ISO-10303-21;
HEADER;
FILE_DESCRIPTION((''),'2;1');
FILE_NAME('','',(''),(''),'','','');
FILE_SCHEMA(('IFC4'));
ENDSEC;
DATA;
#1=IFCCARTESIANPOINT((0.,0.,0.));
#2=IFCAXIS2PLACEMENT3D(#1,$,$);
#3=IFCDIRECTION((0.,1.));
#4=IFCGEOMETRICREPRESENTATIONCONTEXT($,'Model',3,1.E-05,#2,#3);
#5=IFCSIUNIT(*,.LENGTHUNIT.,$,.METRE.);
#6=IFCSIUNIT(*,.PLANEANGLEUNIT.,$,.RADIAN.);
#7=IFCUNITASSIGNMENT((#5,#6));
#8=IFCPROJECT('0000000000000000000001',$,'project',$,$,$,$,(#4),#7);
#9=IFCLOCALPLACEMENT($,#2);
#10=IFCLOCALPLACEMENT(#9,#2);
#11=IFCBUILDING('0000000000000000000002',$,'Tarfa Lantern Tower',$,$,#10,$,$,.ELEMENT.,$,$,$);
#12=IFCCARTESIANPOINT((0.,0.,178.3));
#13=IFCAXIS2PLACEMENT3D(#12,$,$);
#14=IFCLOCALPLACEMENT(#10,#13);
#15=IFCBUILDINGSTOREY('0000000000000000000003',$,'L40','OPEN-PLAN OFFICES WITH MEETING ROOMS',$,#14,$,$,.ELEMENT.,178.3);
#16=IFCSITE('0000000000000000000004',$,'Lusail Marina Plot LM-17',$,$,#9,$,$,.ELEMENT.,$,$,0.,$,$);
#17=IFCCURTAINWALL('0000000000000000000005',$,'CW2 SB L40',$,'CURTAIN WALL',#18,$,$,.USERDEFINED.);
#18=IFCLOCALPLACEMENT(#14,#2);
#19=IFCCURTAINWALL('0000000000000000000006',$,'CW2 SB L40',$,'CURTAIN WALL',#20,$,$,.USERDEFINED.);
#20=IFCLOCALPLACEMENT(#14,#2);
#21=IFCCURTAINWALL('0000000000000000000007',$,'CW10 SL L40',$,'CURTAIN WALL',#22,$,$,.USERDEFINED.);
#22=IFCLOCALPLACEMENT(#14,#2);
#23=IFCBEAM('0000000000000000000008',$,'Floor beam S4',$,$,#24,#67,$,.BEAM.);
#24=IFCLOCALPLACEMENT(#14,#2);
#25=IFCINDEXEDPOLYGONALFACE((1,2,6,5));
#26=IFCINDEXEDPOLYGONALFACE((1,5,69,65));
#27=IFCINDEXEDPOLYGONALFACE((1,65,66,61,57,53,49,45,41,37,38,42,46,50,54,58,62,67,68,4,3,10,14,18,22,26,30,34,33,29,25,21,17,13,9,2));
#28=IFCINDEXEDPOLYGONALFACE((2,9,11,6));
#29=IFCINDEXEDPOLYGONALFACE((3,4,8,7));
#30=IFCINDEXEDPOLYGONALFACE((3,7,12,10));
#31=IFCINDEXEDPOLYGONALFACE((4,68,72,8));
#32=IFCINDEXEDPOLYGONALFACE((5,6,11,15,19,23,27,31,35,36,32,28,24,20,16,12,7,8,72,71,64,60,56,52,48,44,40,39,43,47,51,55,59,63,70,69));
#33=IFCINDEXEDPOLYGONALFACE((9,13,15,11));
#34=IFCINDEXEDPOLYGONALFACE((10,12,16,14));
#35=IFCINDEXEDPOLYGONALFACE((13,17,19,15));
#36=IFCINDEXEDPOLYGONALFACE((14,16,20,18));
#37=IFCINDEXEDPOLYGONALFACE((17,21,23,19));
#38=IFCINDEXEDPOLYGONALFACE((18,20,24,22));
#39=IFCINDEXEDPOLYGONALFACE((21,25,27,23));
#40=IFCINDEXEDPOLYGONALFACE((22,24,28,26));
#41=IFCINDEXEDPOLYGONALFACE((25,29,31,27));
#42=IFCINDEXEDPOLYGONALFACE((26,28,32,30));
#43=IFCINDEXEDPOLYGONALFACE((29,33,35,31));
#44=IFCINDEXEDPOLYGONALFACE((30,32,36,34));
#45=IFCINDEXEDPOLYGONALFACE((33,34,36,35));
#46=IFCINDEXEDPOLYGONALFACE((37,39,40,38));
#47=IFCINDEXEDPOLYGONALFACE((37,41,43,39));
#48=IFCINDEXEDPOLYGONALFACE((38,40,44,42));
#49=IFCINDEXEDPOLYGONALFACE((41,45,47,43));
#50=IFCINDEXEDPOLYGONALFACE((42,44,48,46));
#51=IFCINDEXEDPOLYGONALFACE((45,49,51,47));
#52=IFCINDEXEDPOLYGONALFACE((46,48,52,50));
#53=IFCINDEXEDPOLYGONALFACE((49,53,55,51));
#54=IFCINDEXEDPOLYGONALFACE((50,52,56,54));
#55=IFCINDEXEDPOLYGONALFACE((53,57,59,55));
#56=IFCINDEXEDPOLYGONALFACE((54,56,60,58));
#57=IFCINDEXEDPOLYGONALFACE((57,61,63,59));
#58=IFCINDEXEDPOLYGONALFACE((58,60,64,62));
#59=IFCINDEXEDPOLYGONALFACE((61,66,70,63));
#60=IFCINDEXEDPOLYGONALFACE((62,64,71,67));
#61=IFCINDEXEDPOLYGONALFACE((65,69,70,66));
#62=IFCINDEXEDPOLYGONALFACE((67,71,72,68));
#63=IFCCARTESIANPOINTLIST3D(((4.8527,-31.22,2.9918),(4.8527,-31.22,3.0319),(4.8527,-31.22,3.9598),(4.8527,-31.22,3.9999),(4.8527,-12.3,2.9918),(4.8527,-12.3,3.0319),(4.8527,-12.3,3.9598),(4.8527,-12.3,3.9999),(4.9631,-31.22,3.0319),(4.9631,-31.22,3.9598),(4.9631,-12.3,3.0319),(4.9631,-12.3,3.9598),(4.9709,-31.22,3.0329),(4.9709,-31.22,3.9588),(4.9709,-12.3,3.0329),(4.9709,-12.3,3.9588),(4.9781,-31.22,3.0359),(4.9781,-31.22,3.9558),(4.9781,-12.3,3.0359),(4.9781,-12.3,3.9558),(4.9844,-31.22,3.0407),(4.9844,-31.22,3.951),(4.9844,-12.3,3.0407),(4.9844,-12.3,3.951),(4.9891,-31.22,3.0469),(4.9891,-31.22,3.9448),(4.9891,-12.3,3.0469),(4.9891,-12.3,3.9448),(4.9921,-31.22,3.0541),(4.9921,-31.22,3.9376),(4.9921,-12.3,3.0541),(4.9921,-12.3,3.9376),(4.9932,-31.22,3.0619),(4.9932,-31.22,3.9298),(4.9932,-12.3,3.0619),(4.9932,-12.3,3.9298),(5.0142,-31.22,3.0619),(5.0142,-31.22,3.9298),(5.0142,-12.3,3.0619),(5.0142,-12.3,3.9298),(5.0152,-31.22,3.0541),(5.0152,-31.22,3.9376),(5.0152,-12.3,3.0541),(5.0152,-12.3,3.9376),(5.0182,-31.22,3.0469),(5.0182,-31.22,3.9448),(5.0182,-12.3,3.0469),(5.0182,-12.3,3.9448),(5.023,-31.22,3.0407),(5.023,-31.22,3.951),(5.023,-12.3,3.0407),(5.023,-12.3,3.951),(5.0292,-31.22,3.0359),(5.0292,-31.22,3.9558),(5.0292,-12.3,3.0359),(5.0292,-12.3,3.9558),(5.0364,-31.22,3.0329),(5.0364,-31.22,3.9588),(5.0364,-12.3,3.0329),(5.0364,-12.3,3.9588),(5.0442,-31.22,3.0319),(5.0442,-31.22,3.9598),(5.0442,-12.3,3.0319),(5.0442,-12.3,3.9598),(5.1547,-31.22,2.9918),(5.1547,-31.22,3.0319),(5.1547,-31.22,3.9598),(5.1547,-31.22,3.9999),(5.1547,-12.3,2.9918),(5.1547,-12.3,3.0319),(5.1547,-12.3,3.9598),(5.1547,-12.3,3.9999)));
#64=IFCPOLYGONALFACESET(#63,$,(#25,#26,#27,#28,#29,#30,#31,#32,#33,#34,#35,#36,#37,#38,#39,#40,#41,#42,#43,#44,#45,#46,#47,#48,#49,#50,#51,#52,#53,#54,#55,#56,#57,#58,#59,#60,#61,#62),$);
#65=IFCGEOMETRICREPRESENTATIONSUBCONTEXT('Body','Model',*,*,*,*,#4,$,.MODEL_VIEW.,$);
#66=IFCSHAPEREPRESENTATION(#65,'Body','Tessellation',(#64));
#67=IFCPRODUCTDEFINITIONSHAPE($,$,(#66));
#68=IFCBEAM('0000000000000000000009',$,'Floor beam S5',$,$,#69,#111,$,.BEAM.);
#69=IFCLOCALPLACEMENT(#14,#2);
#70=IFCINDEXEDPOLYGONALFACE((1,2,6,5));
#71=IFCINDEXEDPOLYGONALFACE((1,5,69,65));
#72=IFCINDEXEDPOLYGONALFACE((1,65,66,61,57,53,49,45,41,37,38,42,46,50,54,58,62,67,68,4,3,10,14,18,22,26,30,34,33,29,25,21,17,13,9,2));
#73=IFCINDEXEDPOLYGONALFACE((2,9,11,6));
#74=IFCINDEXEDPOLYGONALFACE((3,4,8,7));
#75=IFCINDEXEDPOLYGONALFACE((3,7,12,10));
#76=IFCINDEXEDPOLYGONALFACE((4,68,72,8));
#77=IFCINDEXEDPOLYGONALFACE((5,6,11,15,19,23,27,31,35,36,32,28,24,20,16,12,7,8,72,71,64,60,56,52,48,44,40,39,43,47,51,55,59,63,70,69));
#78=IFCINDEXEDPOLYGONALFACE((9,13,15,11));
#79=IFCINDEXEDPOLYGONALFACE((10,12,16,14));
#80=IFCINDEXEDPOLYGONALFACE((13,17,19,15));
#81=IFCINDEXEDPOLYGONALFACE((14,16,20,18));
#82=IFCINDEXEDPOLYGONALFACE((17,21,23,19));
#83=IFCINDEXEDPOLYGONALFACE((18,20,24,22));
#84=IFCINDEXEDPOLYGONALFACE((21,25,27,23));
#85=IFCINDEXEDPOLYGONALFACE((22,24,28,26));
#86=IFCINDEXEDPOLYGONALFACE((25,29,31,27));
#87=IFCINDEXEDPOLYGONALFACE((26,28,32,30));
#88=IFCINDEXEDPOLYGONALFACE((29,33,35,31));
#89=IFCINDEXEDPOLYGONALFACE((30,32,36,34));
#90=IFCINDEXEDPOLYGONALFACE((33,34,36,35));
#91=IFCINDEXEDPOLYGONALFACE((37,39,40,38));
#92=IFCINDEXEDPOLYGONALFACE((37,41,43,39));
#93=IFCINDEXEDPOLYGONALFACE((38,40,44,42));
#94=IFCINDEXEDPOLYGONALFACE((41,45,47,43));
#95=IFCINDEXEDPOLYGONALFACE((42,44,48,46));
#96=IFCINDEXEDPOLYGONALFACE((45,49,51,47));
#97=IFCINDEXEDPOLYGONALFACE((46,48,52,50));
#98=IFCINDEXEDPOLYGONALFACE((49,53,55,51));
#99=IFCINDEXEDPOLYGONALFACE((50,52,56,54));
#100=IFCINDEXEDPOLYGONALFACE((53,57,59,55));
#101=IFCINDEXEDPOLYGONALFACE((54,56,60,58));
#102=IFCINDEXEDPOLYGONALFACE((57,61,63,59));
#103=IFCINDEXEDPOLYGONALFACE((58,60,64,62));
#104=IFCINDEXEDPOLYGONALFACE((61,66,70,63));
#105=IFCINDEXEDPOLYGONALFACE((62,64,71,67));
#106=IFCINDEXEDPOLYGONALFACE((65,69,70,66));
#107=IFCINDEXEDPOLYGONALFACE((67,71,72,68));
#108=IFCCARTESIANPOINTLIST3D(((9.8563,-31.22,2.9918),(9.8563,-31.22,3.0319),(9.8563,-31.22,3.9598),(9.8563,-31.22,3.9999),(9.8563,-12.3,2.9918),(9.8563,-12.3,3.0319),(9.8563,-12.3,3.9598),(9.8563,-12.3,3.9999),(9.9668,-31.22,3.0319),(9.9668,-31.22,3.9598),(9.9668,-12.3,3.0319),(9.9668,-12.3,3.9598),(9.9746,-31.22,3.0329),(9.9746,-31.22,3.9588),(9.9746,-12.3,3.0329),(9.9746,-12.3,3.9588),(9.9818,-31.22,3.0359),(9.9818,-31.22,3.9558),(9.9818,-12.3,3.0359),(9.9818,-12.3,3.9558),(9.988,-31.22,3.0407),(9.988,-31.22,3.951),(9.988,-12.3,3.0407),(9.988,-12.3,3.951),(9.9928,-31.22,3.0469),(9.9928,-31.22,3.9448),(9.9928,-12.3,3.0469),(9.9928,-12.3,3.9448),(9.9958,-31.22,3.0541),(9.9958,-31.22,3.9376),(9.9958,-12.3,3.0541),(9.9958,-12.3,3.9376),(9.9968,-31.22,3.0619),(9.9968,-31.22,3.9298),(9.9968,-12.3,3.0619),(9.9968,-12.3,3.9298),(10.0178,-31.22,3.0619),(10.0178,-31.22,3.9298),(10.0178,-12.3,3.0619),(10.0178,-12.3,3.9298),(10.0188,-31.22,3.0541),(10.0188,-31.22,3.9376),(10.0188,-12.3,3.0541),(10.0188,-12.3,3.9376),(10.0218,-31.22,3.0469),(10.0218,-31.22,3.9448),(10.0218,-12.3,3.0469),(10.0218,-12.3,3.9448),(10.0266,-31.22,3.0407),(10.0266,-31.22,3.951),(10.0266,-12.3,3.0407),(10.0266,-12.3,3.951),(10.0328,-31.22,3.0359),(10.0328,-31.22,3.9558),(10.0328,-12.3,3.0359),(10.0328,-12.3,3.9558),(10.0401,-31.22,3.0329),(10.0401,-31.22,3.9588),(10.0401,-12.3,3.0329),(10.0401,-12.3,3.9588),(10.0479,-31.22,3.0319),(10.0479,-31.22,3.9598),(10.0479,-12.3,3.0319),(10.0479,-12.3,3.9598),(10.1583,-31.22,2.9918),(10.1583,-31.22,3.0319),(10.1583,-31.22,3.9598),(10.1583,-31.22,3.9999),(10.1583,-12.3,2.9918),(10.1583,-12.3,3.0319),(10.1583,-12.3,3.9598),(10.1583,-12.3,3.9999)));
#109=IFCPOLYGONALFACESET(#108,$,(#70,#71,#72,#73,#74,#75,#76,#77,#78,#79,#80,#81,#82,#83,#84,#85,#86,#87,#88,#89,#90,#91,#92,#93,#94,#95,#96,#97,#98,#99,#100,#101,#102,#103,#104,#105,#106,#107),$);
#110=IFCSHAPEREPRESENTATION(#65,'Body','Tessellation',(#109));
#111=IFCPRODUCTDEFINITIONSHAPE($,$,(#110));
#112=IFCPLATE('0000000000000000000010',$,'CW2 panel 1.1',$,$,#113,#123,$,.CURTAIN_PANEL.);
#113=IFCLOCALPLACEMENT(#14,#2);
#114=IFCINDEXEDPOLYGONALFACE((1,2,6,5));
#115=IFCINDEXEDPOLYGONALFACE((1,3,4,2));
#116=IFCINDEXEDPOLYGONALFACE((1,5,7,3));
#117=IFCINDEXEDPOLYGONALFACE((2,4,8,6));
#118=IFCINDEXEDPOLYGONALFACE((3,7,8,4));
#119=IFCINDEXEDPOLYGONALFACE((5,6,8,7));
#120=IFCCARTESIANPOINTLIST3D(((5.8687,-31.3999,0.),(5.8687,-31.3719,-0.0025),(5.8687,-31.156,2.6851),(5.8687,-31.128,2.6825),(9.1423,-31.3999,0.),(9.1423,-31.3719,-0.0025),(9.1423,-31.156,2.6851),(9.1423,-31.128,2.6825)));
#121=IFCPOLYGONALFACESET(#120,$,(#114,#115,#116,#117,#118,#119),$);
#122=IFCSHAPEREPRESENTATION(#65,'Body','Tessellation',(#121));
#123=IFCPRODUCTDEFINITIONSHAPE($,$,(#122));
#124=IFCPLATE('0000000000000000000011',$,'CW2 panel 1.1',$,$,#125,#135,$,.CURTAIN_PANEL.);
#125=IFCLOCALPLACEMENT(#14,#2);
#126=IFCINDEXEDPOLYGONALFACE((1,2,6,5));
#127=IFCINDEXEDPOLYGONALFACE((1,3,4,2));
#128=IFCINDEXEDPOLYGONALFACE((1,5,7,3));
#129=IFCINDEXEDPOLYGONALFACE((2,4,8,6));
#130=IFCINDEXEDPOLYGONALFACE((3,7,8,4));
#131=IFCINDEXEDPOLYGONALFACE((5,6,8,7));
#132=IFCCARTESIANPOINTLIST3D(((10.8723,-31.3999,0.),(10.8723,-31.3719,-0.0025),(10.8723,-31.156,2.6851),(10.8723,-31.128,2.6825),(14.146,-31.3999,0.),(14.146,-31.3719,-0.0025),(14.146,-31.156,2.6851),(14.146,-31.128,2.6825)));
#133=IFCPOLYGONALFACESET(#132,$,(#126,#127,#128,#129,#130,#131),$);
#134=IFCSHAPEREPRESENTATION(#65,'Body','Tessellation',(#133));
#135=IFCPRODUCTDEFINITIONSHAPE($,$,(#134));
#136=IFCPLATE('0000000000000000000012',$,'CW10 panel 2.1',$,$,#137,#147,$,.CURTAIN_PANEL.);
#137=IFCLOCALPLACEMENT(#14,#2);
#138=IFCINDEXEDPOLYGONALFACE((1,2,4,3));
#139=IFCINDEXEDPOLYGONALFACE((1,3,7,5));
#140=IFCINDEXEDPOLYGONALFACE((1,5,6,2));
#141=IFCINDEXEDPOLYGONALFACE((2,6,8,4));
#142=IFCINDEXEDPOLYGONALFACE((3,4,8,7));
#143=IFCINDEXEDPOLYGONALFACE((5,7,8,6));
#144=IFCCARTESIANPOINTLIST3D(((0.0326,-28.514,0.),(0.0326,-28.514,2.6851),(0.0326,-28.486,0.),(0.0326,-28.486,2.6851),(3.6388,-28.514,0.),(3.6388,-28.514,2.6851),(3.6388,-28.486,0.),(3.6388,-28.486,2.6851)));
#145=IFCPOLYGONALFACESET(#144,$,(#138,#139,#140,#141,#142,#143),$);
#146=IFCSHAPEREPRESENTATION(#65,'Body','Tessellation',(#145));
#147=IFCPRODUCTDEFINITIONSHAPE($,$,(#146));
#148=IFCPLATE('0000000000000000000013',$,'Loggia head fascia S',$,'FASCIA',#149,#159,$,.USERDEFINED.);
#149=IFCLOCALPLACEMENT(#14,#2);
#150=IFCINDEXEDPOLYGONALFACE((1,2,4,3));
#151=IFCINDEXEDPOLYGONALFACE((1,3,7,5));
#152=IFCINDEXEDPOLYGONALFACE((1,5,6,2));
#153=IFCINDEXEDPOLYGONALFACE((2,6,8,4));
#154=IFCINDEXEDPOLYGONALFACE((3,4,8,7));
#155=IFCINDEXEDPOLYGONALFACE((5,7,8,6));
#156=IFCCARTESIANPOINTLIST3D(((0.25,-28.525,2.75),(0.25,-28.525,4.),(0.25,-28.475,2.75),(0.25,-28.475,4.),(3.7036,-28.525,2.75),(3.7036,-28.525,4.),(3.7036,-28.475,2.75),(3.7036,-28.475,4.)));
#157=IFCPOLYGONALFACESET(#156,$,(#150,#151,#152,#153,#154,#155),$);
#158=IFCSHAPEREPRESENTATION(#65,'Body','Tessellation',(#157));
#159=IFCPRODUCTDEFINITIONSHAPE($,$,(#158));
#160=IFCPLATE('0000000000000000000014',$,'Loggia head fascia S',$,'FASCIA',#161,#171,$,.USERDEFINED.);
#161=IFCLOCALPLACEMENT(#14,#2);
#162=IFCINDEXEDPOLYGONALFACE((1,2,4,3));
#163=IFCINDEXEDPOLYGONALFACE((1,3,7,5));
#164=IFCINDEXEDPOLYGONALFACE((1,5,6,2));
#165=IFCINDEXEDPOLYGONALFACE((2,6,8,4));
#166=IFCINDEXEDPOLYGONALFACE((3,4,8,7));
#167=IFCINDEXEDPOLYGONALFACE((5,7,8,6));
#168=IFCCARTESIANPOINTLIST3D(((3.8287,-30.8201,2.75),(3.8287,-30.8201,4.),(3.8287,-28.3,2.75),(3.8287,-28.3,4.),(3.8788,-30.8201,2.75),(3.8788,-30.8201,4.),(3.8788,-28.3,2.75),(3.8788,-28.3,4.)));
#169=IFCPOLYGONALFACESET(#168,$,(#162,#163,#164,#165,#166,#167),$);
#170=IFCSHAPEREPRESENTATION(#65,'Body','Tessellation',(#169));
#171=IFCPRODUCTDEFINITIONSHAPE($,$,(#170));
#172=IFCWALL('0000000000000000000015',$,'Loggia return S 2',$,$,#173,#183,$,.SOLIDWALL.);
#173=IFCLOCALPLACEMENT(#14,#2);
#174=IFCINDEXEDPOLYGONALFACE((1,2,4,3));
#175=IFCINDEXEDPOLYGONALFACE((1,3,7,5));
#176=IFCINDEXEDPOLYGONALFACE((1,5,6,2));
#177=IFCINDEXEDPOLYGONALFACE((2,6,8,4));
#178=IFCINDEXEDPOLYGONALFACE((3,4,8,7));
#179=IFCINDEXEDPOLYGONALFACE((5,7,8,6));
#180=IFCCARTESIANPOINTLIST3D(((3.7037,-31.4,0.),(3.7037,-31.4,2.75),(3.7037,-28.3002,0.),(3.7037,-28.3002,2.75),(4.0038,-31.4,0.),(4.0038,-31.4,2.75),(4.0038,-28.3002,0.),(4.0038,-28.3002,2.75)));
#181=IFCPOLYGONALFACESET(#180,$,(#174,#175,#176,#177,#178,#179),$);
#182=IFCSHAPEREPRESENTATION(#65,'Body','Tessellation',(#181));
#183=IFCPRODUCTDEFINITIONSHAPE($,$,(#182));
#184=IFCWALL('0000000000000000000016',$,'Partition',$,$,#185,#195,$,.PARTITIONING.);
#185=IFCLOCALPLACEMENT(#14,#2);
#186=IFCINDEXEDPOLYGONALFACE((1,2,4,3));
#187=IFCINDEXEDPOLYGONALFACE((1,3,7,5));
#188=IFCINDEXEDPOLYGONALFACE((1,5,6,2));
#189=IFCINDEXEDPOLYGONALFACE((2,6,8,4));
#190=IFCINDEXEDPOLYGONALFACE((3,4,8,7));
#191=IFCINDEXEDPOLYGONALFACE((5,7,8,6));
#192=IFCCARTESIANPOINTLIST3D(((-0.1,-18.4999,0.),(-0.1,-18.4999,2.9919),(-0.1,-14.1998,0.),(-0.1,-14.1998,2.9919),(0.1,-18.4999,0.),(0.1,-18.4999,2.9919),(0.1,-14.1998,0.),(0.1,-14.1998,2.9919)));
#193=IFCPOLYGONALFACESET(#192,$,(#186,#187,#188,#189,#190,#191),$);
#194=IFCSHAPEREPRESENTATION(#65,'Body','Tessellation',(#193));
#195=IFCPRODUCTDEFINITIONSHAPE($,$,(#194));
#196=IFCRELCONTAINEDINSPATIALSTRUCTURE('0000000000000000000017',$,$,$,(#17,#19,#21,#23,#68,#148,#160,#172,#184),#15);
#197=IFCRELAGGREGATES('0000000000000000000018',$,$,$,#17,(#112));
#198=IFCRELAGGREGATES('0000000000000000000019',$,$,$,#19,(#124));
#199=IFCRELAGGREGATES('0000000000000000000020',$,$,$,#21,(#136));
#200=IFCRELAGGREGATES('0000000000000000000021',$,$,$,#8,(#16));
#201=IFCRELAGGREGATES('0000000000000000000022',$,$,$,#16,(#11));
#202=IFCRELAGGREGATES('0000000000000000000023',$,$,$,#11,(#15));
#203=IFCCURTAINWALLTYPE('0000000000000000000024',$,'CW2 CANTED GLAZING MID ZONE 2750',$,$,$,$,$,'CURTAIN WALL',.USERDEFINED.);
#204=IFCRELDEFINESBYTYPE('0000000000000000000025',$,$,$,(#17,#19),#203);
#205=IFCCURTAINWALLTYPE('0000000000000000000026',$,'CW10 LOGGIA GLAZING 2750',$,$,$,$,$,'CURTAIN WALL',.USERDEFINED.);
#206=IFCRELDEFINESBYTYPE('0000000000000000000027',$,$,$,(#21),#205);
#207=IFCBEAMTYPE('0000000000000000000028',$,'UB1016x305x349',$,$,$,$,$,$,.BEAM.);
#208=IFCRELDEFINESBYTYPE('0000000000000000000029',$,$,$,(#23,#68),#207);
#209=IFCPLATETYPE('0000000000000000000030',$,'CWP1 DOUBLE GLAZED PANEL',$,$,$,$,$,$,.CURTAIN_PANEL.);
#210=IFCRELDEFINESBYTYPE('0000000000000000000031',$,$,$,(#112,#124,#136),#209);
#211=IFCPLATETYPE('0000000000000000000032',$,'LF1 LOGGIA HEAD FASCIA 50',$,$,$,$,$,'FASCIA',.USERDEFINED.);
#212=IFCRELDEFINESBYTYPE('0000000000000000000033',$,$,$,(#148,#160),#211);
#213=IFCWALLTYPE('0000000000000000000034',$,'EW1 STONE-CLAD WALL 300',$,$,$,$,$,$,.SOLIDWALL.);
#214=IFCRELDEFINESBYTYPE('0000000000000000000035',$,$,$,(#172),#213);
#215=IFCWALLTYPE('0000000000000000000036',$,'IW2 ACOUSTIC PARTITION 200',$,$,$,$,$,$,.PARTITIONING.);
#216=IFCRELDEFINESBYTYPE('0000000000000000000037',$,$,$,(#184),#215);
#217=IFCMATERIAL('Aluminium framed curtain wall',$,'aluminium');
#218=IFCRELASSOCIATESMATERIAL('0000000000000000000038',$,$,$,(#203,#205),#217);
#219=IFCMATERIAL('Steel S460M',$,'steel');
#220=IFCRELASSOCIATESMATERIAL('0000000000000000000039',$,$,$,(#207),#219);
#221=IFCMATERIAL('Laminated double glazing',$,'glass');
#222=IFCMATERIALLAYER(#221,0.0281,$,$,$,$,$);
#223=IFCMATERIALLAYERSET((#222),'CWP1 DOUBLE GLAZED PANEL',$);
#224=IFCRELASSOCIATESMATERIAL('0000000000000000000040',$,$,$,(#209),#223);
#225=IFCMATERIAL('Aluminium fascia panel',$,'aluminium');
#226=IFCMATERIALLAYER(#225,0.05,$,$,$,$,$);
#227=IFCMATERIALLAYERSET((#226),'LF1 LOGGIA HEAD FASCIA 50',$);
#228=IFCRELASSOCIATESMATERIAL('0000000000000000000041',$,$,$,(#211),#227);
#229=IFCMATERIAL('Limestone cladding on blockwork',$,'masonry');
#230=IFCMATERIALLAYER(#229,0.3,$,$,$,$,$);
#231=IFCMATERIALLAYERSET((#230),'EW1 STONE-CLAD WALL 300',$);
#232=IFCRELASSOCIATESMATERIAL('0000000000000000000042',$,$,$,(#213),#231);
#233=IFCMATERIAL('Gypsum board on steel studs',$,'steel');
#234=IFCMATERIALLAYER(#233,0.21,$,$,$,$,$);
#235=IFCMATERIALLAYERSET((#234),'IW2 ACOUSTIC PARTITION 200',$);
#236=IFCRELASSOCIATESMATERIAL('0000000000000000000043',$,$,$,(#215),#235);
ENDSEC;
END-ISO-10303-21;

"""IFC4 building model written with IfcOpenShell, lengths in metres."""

from ifc_helpers import new_model, si_unit, direction, frame, frame_2d, origin, origin_2d, place, context, subcontext, project, spatial, polyline, rectangle, i_section, outline, extrude, material, layer, layer_set, material_profile, profile_set, type_object, element, aggregate, save


model = new_model("IFC4")

# Units and contexts
model_context = context("Model", 3, precision=1e-05, world=origin(), true_north=direction((0.0, 1.0)))
body_context = subcontext(model_context, "Body", "Model", "MODEL_VIEW")
ifc_project = project(units=[si_unit("LENGTHUNIT", "METRE"), si_unit("PLANEANGLEUNIT", "RADIAN")], contexts=[model_context])

# Site, building, storey
site_placement = place(None, origin())
site = spatial("IfcSite", under=ifc_project, at=site_placement, Name="Lusail Marina Plot LM-17", CompositionType="ELEMENT", RefElevation=0.0)
building_placement = place(site_placement, origin())
building = spatial("IfcBuilding", under=site, at=building_placement, Name="Tarfa Lantern Tower", CompositionType="ELEMENT")
storey_placement = place(building_placement, frame((0.0, 0.0, 178.3)))
storey = spatial("IfcBuildingStorey", under=building, at=storey_placement, Name="L40", Description="OPEN-PLAN OFFICES WITH MEETING ROOMS", CompositionType="ELEMENT", Elevation=178.3)

# Curtain wall
ifc_material_1 = material(Name="Aluminium framed curtain wall", Category="aluminium")
curtain_wall_type_1 = type_object("IfcCurtainWallType", Name="CW2 CANTED GLAZING MID ZONE 2750", ElementType="CURTAIN WALL", PredefinedType="USERDEFINED", material=ifc_material_1)
curtain_wall_1_placement = place(storey_placement, origin())
curtain_wall_1 = element("IfcCurtainWall", 1, at=curtain_wall_1_placement, inside=storey, type_object=curtain_wall_type_1, Name="CW2 SB L40", ObjectType="CURTAIN WALL", PredefinedType="USERDEFINED")

# Curtain walls
curtain_wall_2_placement = place(storey_placement, origin())
curtain_wall_2 = element("IfcCurtainWall", 2, at=curtain_wall_2_placement, inside=storey, type_object=curtain_wall_type_1, Name="CW2 SB L40", ObjectType="CURTAIN WALL", PredefinedType="USERDEFINED")
curtain_wall_type_2 = type_object("IfcCurtainWallType", Name="CW10 LOGGIA GLAZING 2750", ElementType="CURTAIN WALL", PredefinedType="USERDEFINED", material=ifc_material_1)
curtain_wall_3_placement = place(storey_placement, origin())
curtain_wall_3 = element("IfcCurtainWall", 3, at=curtain_wall_3_placement, inside=storey, type_object=curtain_wall_type_2, Name="CW10 SL L40", ObjectType="CURTAIN WALL", PredefinedType="USERDEFINED")

# Beams
ifc_material_2 = material(Name="Steel S460M", Category="steel")
ifc_material_profile_1 = material_profile(ifc_material_2, i_section(OverallWidth=0.302, OverallDepth=1.0081, WebThickness=0.021, FlangeThickness=0.04, FilletRadius=0.03, at=origin_2d()), Name="UB1016x305x349")
ifc_profile_set_1 = profile_set([ifc_material_profile_1], Name="Steel S460M")
beam_type_1 = type_object("IfcBeamType", Name="UB1016x305x349", PredefinedType="BEAM", material=ifc_profile_set_1)
for number, where, z_axis, x_axis, name in (
    (4, (5.0037, -31.22, 3.4958), (0.0, 1.0, 0.0), (-1.0, 0.0, 0.0), "Floor beam S4"),
    (5, (10.0073, -31.22, 3.4958), (0.0, 1.0, 0.0), (-1.0, 0.0, 0.0), "Floor beam S5"),
):
    element("IfcBeam", number, at=place(storey_placement, frame(where, z_axis=z_axis, x_axis=x_axis)), inside=storey, type_object=beam_type_1, Name=name, PredefinedType="BEAM", context=body_context, shape_type="SweptSolid", body=[
        extrude(i_section(OverallWidth=0.302, OverallDepth=1.0081, WebThickness=0.021, FlangeThickness=0.04, FilletRadius=0.03, at=origin_2d()), origin(), (0.0, 0.0, 1.0), 18.9199),
    ])

# Plates
ifc_material_3 = material(Name="Laminated double glazing", Category="glass")
ifc_layer_1 = layer(ifc_material_3, 0.0281)
ifc_layer_set_1 = layer_set([ifc_layer_1], Name="CWP1 DOUBLE GLAZED PANEL")
plate_type_1 = type_object("IfcPlateType", Name="CWP1 DOUBLE GLAZED PANEL", PredefinedType="CURTAIN_PANEL", material=ifc_layer_set_1)
plate_1_placement = place(storey_placement, frame((5.8687, -31.3999, 0.0), z_axis=(0.0, -0.9959, 0.090462), x_axis=(1.0, 0.0, 0.0)))
plate_1 = element("IfcPlate", 6, at=plate_1_placement, type_object=plate_type_1, Name="CW2 panel 1.1", PredefinedType="CURTAIN_PANEL", context=body_context, shape_type="SweptSolid", body=[
    extrude(outline(polyline([(0.0, 0.0), (3.2737, 0.0), (3.2737, 2.6961), (0.0, 2.6961), (0.0, 0.0)])), origin(), (0.0, 0.0, -1.0), 0.0281),
])
aggregate(curtain_wall_1, [plate_1])
plate_2_placement = place(storey_placement, frame((10.8723, -31.3999, 0.0), z_axis=(0.0, -0.9959, 0.090462), x_axis=(1.0, 0.0, 0.0)))
plate_2 = element("IfcPlate", 7, at=plate_2_placement, type_object=plate_type_1, Name="CW2 panel 1.1", PredefinedType="CURTAIN_PANEL", context=body_context, shape_type="SweptSolid", body=[
    extrude(outline(polyline([(0.0, 0.0), (3.2737, 0.0), (3.2737, 2.6961), (0.0, 2.6961), (0.0, 0.0)])), origin(), (0.0, 0.0, -1.0), 0.0281),
])
aggregate(curtain_wall_2, [plate_2])
plate_3_placement = place(storey_placement, frame((1.8357, -28.5, 0.0), z_axis=(0.0, 0.0, 1.0), x_axis=(1.0, 0.0, 0.0)))
plate_3 = element("IfcPlate", 8, at=plate_3_placement, type_object=plate_type_1, Name="CW10 panel 2.1", PredefinedType="CURTAIN_PANEL", context=body_context, shape_type="SweptSolid", body=[
    extrude(rectangle(XDim=3.6062, YDim=0.0281, at=origin_2d()), origin(), (0.0, 0.0, 1.0), 2.6851),
])
aggregate(curtain_wall_3, [plate_3])

# Plates
ifc_material_4 = material(Name="Aluminium fascia panel", Category="aluminium")
ifc_layer_2 = layer(ifc_material_4, 0.05)
ifc_layer_set_2 = layer_set([ifc_layer_2], Name="LF1 LOGGIA HEAD FASCIA 50")
plate_type_2 = type_object("IfcPlateType", Name="LF1 LOGGIA HEAD FASCIA 50", ElementType="FASCIA", PredefinedType="USERDEFINED", material=ifc_layer_set_2)
plate_4_placement = place(storey_placement, frame((1.9768, -28.5, 2.75), z_axis=(0.0, 0.0, 1.0), x_axis=(1.0, 0.0, 0.0)))
element("IfcPlate", 9, at=plate_4_placement, inside=storey, type_object=plate_type_2, Name="Loggia head fascia S", ObjectType="FASCIA", PredefinedType="USERDEFINED", context=body_context, shape_type="SweptSolid", body=[
    extrude(rectangle(XDim=3.4536, YDim=0.05, at=origin_2d()), origin(), (0.0, 0.0, 1.0), 1.25),
])
plate_5_placement = place(storey_placement, frame((3.8538, -29.5601, 2.75), z_axis=(0.0, 0.0, 1.0), x_axis=(0.0, 1.0, 0.0)))
element("IfcPlate", 10, at=plate_5_placement, inside=storey, type_object=plate_type_2, Name="Loggia head fascia S", ObjectType="FASCIA", PredefinedType="USERDEFINED", context=body_context, shape_type="SweptSolid", body=[
    extrude(rectangle(XDim=2.52, YDim=0.05, at=origin_2d()), origin(), (0.0, 0.0, 1.0), 1.25),
])

# Walls
ifc_material_5 = material(Name="Limestone cladding on blockwork", Category="masonry")
ifc_layer_3 = layer(ifc_material_5, 0.3)
ifc_layer_set_3 = layer_set([ifc_layer_3], Name="EW1 STONE-CLAD WALL 300")
wall_type_1 = type_object("IfcWallType", Name="EW1 STONE-CLAD WALL 300", PredefinedType="SOLIDWALL", material=ifc_layer_set_3)
wall_1_placement = place(storey_placement, frame((3.8538, -31.3999, 0.0), z_axis=(0.0, 0.0, 1.0), x_axis=(0.0, 1.0, 0.0)))
element("IfcWall", 11, at=wall_1_placement, inside=storey, type_object=wall_type_1, Name="Loggia return S 2", PredefinedType="SOLIDWALL", context=body_context, shape_type="SweptSolid", body=[
    extrude(rectangle(XDim=3.0999, YDim=0.3, at=frame_2d((1.5498, 0.0))), origin(), (0.0, 0.0, 1.0), 2.75),
])
ifc_material_6 = material(Name="Gypsum board on steel studs", Category="steel")
ifc_layer_4 = layer(ifc_material_6, 0.21)
ifc_layer_set_4 = layer_set([ifc_layer_4], Name="IW2 ACOUSTIC PARTITION 200")
wall_type_2 = type_object("IfcWallType", Name="IW2 ACOUSTIC PARTITION 200", PredefinedType="PARTITIONING", material=ifc_layer_set_4)
wall_2_placement = place(storey_placement, frame((0.0, -14.2, 0.0), z_axis=(0.0, 0.0, 1.0), x_axis=(0.0, -1.0, 0.0)))
element("IfcWall", 12, at=wall_2_placement, inside=storey, type_object=wall_type_2, Name="Partition", PredefinedType="PARTITIONING", context=body_context, shape_type="SweptSolid", body=[
    extrude(rectangle(XDim=4.3, YDim=0.2, at=frame_2d((2.1499, 0.0))), origin(), (0.0, 0.0, 1.0), 2.9919),
])

save(model, "model.ifc")
